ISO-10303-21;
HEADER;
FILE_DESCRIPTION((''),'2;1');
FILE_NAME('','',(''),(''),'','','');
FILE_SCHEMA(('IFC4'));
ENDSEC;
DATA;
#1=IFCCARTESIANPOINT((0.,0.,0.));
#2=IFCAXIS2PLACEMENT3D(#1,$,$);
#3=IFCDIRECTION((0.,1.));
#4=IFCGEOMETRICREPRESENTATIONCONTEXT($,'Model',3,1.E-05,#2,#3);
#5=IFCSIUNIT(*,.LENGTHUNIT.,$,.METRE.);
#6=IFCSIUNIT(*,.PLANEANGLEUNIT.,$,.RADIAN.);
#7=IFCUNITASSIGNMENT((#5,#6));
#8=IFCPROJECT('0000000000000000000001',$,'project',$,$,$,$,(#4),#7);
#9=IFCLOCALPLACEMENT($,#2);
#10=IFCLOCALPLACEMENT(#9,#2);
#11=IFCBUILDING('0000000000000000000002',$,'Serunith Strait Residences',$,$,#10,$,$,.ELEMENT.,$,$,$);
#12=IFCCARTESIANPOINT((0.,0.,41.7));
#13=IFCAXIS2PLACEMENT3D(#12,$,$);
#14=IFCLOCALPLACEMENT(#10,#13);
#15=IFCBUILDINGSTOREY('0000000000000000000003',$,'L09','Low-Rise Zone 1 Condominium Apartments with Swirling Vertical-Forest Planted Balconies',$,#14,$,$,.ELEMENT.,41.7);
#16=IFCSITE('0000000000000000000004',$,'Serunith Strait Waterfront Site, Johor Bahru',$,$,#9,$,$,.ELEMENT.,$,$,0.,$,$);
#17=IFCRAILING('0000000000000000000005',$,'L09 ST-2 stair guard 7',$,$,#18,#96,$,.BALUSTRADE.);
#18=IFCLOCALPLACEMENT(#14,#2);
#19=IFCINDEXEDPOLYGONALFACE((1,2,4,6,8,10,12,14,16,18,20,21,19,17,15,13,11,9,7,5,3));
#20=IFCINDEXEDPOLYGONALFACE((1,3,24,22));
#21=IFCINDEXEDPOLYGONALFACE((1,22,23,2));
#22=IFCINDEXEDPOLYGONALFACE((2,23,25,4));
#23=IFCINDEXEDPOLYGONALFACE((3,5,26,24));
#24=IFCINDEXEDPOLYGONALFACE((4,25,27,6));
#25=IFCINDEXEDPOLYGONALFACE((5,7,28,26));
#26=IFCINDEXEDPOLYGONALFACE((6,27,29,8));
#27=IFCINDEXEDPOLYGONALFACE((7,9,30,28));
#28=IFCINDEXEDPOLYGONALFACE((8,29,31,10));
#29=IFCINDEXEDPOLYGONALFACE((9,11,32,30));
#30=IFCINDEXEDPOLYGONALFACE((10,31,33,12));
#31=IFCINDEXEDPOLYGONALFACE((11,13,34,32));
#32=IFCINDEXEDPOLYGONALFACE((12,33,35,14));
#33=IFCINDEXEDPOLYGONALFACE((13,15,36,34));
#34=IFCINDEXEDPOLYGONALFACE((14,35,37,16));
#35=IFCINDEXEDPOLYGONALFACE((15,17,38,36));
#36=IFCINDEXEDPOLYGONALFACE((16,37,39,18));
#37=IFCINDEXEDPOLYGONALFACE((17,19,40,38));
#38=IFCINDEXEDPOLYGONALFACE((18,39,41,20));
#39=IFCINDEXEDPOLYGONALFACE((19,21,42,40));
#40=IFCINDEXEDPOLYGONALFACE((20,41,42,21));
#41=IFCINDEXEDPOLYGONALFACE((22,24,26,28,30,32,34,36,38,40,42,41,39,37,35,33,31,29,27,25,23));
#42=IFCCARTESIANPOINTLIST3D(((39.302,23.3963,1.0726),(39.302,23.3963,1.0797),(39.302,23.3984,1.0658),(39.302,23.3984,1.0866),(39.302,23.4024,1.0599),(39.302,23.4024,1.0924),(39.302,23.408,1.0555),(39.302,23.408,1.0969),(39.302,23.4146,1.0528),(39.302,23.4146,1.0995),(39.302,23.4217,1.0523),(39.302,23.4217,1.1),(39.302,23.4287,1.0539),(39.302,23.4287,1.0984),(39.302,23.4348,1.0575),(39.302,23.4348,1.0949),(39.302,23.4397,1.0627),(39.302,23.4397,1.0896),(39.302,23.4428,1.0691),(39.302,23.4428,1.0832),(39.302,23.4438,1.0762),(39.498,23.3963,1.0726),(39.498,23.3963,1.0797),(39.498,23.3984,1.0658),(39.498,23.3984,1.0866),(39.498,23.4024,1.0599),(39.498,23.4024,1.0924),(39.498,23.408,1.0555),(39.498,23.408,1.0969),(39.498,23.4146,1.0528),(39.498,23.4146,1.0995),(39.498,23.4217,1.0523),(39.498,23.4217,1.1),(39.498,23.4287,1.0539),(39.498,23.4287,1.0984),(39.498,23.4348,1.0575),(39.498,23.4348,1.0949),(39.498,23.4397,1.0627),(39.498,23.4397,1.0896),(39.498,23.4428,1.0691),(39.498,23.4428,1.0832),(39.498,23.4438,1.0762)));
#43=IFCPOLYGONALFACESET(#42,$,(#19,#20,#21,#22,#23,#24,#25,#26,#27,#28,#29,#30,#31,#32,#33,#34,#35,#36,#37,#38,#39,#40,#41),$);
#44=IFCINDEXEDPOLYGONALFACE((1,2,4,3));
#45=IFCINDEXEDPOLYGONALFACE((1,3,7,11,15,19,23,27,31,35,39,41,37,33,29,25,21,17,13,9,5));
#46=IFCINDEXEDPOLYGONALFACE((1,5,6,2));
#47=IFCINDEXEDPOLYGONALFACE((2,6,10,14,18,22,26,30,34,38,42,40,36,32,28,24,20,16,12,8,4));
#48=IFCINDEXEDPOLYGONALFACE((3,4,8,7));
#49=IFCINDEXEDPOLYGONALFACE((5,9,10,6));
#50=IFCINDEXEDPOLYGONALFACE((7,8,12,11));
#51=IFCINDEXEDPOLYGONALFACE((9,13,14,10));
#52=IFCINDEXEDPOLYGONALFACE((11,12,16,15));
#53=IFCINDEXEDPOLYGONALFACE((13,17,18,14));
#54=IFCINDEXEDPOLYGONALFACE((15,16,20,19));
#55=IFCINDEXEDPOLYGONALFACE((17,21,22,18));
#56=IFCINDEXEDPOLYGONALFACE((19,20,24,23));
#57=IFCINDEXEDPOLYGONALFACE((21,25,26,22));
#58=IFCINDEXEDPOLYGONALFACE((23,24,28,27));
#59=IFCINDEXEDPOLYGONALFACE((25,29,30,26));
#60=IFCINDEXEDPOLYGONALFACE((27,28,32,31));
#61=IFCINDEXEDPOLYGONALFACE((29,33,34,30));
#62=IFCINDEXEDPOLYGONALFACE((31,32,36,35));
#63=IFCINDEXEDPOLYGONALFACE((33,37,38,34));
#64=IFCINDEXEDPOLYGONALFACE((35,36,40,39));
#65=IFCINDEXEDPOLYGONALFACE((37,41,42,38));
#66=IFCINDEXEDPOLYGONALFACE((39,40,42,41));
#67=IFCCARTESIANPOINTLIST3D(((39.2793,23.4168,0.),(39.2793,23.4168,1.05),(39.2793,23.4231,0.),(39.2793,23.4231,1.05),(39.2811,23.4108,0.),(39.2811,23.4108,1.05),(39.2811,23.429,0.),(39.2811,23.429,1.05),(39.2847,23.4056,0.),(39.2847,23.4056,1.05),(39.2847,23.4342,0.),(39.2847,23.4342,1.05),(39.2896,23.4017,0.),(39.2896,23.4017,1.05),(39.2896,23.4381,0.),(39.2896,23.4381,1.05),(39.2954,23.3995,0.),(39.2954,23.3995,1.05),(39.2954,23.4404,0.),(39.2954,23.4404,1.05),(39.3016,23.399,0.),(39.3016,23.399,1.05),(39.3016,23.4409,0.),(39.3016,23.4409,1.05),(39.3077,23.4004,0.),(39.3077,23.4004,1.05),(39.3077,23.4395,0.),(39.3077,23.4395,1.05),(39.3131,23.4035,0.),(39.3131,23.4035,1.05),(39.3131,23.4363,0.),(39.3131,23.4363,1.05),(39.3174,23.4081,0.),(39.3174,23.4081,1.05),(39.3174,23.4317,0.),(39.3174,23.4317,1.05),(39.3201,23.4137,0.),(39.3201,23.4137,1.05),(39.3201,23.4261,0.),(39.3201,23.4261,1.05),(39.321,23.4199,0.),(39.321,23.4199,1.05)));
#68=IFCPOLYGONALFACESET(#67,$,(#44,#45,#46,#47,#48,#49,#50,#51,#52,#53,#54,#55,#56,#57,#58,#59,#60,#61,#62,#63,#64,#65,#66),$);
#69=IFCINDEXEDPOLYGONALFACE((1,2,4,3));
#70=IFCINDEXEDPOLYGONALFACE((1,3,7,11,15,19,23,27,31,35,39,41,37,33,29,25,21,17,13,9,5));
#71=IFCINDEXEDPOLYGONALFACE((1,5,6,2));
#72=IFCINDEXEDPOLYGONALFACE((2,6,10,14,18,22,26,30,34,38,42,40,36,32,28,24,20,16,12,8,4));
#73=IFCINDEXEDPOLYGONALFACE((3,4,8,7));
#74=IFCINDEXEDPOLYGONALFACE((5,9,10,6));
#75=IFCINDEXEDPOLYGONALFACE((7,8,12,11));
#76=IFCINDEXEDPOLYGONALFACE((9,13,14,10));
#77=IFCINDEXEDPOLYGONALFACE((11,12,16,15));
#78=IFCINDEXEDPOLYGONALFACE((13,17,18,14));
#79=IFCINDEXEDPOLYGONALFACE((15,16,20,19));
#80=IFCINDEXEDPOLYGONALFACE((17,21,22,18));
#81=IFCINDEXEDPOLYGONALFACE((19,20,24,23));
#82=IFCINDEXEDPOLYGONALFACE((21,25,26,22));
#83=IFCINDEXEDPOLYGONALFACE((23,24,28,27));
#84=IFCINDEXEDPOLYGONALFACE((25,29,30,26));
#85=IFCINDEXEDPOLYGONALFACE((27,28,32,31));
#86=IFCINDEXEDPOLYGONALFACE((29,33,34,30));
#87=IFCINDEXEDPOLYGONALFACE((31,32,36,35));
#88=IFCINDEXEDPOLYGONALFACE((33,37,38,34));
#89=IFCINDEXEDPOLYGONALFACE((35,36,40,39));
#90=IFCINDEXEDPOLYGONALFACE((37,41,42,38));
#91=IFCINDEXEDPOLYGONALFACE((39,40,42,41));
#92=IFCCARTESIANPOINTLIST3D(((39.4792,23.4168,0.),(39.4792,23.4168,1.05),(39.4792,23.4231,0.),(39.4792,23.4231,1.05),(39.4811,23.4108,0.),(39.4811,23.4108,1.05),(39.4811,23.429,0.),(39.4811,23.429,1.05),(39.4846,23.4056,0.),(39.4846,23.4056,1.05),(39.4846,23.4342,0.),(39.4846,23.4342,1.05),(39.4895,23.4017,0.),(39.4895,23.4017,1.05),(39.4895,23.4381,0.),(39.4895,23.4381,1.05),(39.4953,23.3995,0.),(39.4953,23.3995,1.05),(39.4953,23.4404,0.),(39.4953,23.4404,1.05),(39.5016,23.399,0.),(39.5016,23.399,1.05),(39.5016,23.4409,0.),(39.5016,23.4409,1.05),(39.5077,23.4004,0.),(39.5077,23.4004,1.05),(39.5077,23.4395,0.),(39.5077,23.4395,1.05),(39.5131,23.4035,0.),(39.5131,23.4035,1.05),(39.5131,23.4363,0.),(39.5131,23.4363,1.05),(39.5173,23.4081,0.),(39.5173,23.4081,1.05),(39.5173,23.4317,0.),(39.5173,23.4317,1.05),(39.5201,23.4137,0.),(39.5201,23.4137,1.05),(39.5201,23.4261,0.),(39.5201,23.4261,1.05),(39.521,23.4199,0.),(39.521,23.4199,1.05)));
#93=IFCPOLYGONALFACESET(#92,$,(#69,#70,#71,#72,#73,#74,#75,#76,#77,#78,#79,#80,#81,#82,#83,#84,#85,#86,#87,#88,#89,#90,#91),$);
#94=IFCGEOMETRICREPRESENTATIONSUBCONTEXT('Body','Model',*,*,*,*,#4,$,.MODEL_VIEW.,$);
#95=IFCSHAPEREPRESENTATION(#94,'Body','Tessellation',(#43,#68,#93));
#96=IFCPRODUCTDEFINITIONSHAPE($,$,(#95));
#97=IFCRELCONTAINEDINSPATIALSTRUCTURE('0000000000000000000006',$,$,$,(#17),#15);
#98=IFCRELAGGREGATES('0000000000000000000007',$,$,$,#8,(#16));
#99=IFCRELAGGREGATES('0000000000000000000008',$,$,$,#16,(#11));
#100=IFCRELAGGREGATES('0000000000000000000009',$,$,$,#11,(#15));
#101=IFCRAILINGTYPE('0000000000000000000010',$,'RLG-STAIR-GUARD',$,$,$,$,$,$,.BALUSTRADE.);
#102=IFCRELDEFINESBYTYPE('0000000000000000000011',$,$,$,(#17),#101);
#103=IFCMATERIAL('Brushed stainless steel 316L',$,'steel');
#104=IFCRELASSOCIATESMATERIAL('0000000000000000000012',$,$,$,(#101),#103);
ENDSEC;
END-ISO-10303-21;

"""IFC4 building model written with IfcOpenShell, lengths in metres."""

from ifc_helpers import new_model, si_unit, direction, frame, origin, origin_2d, place, context, subcontext, project, spatial, circle, extrude, material, type_object, element, save


model = new_model("IFC4")

# Units and contexts
model_context = context("Model", 3, precision=1e-05, world=origin(), true_north=direction((0.0, 1.0)))
body_context = subcontext(model_context, "Body", "Model", "MODEL_VIEW")
ifc_project = project(units=[si_unit("LENGTHUNIT", "METRE"), si_unit("PLANEANGLEUNIT", "RADIAN")], contexts=[model_context])

# Site, building, storey
site_placement = place(None, origin())
site = spatial("IfcSite", under=ifc_project, at=site_placement, Name="Serunith Strait Waterfront Site, Johor Bahru", CompositionType="ELEMENT", RefElevation=0.0)
building_placement = place(site_placement, origin())
building = spatial("IfcBuilding", under=site, at=building_placement, Name="Serunith Strait Residences", CompositionType="ELEMENT")
storey_placement = place(building_placement, frame((0.0, 0.0, 41.7)))
storey = spatial("IfcBuildingStorey", under=building, at=storey_placement, Name="L09", Description="Low-Rise Zone 1 Condominium Apartments with Swirling Vertical-Forest Planted Balconies", CompositionType="ELEMENT", Elevation=41.7)

# Railing
ifc_material_1 = material(Name="Brushed stainless steel 316L", Category="steel")
railing_type_1 = type_object("IfcRailingType", Name="RLG-STAIR-GUARD", PredefinedType="BALUSTRADE", material=ifc_material_1)
railing_1_placement = place(storey_placement, frame((39.3, 23.4199, 0.0)))
element("IfcRailing", 1, at=railing_1_placement, inside=storey, type_object=railing_type_1, Name="L09 ST-2 stair guard 7", PredefinedType="BALUSTRADE", context=body_context, shape_type="SweptSolid", body=[
    extrude(circle(Radius=0.0239, at=origin_2d()), frame((0.002, 0.0, 1.0762), z_axis=(1.0, 0.0, 0.0), x_axis=(0.0, 1.0, 0.0)), (0.0, 0.0, 1.0), 0.196),
    extrude(circle(Radius=0.021, at=origin_2d()), origin(), (0.0, 0.0, 1.0), 1.05),
    extrude(circle(Radius=0.021, at=origin_2d()), frame((0.2, 0.0, 0.0)), (0.0, 0.0, 1.0), 1.05),
])

save(model, "model.ifc")
